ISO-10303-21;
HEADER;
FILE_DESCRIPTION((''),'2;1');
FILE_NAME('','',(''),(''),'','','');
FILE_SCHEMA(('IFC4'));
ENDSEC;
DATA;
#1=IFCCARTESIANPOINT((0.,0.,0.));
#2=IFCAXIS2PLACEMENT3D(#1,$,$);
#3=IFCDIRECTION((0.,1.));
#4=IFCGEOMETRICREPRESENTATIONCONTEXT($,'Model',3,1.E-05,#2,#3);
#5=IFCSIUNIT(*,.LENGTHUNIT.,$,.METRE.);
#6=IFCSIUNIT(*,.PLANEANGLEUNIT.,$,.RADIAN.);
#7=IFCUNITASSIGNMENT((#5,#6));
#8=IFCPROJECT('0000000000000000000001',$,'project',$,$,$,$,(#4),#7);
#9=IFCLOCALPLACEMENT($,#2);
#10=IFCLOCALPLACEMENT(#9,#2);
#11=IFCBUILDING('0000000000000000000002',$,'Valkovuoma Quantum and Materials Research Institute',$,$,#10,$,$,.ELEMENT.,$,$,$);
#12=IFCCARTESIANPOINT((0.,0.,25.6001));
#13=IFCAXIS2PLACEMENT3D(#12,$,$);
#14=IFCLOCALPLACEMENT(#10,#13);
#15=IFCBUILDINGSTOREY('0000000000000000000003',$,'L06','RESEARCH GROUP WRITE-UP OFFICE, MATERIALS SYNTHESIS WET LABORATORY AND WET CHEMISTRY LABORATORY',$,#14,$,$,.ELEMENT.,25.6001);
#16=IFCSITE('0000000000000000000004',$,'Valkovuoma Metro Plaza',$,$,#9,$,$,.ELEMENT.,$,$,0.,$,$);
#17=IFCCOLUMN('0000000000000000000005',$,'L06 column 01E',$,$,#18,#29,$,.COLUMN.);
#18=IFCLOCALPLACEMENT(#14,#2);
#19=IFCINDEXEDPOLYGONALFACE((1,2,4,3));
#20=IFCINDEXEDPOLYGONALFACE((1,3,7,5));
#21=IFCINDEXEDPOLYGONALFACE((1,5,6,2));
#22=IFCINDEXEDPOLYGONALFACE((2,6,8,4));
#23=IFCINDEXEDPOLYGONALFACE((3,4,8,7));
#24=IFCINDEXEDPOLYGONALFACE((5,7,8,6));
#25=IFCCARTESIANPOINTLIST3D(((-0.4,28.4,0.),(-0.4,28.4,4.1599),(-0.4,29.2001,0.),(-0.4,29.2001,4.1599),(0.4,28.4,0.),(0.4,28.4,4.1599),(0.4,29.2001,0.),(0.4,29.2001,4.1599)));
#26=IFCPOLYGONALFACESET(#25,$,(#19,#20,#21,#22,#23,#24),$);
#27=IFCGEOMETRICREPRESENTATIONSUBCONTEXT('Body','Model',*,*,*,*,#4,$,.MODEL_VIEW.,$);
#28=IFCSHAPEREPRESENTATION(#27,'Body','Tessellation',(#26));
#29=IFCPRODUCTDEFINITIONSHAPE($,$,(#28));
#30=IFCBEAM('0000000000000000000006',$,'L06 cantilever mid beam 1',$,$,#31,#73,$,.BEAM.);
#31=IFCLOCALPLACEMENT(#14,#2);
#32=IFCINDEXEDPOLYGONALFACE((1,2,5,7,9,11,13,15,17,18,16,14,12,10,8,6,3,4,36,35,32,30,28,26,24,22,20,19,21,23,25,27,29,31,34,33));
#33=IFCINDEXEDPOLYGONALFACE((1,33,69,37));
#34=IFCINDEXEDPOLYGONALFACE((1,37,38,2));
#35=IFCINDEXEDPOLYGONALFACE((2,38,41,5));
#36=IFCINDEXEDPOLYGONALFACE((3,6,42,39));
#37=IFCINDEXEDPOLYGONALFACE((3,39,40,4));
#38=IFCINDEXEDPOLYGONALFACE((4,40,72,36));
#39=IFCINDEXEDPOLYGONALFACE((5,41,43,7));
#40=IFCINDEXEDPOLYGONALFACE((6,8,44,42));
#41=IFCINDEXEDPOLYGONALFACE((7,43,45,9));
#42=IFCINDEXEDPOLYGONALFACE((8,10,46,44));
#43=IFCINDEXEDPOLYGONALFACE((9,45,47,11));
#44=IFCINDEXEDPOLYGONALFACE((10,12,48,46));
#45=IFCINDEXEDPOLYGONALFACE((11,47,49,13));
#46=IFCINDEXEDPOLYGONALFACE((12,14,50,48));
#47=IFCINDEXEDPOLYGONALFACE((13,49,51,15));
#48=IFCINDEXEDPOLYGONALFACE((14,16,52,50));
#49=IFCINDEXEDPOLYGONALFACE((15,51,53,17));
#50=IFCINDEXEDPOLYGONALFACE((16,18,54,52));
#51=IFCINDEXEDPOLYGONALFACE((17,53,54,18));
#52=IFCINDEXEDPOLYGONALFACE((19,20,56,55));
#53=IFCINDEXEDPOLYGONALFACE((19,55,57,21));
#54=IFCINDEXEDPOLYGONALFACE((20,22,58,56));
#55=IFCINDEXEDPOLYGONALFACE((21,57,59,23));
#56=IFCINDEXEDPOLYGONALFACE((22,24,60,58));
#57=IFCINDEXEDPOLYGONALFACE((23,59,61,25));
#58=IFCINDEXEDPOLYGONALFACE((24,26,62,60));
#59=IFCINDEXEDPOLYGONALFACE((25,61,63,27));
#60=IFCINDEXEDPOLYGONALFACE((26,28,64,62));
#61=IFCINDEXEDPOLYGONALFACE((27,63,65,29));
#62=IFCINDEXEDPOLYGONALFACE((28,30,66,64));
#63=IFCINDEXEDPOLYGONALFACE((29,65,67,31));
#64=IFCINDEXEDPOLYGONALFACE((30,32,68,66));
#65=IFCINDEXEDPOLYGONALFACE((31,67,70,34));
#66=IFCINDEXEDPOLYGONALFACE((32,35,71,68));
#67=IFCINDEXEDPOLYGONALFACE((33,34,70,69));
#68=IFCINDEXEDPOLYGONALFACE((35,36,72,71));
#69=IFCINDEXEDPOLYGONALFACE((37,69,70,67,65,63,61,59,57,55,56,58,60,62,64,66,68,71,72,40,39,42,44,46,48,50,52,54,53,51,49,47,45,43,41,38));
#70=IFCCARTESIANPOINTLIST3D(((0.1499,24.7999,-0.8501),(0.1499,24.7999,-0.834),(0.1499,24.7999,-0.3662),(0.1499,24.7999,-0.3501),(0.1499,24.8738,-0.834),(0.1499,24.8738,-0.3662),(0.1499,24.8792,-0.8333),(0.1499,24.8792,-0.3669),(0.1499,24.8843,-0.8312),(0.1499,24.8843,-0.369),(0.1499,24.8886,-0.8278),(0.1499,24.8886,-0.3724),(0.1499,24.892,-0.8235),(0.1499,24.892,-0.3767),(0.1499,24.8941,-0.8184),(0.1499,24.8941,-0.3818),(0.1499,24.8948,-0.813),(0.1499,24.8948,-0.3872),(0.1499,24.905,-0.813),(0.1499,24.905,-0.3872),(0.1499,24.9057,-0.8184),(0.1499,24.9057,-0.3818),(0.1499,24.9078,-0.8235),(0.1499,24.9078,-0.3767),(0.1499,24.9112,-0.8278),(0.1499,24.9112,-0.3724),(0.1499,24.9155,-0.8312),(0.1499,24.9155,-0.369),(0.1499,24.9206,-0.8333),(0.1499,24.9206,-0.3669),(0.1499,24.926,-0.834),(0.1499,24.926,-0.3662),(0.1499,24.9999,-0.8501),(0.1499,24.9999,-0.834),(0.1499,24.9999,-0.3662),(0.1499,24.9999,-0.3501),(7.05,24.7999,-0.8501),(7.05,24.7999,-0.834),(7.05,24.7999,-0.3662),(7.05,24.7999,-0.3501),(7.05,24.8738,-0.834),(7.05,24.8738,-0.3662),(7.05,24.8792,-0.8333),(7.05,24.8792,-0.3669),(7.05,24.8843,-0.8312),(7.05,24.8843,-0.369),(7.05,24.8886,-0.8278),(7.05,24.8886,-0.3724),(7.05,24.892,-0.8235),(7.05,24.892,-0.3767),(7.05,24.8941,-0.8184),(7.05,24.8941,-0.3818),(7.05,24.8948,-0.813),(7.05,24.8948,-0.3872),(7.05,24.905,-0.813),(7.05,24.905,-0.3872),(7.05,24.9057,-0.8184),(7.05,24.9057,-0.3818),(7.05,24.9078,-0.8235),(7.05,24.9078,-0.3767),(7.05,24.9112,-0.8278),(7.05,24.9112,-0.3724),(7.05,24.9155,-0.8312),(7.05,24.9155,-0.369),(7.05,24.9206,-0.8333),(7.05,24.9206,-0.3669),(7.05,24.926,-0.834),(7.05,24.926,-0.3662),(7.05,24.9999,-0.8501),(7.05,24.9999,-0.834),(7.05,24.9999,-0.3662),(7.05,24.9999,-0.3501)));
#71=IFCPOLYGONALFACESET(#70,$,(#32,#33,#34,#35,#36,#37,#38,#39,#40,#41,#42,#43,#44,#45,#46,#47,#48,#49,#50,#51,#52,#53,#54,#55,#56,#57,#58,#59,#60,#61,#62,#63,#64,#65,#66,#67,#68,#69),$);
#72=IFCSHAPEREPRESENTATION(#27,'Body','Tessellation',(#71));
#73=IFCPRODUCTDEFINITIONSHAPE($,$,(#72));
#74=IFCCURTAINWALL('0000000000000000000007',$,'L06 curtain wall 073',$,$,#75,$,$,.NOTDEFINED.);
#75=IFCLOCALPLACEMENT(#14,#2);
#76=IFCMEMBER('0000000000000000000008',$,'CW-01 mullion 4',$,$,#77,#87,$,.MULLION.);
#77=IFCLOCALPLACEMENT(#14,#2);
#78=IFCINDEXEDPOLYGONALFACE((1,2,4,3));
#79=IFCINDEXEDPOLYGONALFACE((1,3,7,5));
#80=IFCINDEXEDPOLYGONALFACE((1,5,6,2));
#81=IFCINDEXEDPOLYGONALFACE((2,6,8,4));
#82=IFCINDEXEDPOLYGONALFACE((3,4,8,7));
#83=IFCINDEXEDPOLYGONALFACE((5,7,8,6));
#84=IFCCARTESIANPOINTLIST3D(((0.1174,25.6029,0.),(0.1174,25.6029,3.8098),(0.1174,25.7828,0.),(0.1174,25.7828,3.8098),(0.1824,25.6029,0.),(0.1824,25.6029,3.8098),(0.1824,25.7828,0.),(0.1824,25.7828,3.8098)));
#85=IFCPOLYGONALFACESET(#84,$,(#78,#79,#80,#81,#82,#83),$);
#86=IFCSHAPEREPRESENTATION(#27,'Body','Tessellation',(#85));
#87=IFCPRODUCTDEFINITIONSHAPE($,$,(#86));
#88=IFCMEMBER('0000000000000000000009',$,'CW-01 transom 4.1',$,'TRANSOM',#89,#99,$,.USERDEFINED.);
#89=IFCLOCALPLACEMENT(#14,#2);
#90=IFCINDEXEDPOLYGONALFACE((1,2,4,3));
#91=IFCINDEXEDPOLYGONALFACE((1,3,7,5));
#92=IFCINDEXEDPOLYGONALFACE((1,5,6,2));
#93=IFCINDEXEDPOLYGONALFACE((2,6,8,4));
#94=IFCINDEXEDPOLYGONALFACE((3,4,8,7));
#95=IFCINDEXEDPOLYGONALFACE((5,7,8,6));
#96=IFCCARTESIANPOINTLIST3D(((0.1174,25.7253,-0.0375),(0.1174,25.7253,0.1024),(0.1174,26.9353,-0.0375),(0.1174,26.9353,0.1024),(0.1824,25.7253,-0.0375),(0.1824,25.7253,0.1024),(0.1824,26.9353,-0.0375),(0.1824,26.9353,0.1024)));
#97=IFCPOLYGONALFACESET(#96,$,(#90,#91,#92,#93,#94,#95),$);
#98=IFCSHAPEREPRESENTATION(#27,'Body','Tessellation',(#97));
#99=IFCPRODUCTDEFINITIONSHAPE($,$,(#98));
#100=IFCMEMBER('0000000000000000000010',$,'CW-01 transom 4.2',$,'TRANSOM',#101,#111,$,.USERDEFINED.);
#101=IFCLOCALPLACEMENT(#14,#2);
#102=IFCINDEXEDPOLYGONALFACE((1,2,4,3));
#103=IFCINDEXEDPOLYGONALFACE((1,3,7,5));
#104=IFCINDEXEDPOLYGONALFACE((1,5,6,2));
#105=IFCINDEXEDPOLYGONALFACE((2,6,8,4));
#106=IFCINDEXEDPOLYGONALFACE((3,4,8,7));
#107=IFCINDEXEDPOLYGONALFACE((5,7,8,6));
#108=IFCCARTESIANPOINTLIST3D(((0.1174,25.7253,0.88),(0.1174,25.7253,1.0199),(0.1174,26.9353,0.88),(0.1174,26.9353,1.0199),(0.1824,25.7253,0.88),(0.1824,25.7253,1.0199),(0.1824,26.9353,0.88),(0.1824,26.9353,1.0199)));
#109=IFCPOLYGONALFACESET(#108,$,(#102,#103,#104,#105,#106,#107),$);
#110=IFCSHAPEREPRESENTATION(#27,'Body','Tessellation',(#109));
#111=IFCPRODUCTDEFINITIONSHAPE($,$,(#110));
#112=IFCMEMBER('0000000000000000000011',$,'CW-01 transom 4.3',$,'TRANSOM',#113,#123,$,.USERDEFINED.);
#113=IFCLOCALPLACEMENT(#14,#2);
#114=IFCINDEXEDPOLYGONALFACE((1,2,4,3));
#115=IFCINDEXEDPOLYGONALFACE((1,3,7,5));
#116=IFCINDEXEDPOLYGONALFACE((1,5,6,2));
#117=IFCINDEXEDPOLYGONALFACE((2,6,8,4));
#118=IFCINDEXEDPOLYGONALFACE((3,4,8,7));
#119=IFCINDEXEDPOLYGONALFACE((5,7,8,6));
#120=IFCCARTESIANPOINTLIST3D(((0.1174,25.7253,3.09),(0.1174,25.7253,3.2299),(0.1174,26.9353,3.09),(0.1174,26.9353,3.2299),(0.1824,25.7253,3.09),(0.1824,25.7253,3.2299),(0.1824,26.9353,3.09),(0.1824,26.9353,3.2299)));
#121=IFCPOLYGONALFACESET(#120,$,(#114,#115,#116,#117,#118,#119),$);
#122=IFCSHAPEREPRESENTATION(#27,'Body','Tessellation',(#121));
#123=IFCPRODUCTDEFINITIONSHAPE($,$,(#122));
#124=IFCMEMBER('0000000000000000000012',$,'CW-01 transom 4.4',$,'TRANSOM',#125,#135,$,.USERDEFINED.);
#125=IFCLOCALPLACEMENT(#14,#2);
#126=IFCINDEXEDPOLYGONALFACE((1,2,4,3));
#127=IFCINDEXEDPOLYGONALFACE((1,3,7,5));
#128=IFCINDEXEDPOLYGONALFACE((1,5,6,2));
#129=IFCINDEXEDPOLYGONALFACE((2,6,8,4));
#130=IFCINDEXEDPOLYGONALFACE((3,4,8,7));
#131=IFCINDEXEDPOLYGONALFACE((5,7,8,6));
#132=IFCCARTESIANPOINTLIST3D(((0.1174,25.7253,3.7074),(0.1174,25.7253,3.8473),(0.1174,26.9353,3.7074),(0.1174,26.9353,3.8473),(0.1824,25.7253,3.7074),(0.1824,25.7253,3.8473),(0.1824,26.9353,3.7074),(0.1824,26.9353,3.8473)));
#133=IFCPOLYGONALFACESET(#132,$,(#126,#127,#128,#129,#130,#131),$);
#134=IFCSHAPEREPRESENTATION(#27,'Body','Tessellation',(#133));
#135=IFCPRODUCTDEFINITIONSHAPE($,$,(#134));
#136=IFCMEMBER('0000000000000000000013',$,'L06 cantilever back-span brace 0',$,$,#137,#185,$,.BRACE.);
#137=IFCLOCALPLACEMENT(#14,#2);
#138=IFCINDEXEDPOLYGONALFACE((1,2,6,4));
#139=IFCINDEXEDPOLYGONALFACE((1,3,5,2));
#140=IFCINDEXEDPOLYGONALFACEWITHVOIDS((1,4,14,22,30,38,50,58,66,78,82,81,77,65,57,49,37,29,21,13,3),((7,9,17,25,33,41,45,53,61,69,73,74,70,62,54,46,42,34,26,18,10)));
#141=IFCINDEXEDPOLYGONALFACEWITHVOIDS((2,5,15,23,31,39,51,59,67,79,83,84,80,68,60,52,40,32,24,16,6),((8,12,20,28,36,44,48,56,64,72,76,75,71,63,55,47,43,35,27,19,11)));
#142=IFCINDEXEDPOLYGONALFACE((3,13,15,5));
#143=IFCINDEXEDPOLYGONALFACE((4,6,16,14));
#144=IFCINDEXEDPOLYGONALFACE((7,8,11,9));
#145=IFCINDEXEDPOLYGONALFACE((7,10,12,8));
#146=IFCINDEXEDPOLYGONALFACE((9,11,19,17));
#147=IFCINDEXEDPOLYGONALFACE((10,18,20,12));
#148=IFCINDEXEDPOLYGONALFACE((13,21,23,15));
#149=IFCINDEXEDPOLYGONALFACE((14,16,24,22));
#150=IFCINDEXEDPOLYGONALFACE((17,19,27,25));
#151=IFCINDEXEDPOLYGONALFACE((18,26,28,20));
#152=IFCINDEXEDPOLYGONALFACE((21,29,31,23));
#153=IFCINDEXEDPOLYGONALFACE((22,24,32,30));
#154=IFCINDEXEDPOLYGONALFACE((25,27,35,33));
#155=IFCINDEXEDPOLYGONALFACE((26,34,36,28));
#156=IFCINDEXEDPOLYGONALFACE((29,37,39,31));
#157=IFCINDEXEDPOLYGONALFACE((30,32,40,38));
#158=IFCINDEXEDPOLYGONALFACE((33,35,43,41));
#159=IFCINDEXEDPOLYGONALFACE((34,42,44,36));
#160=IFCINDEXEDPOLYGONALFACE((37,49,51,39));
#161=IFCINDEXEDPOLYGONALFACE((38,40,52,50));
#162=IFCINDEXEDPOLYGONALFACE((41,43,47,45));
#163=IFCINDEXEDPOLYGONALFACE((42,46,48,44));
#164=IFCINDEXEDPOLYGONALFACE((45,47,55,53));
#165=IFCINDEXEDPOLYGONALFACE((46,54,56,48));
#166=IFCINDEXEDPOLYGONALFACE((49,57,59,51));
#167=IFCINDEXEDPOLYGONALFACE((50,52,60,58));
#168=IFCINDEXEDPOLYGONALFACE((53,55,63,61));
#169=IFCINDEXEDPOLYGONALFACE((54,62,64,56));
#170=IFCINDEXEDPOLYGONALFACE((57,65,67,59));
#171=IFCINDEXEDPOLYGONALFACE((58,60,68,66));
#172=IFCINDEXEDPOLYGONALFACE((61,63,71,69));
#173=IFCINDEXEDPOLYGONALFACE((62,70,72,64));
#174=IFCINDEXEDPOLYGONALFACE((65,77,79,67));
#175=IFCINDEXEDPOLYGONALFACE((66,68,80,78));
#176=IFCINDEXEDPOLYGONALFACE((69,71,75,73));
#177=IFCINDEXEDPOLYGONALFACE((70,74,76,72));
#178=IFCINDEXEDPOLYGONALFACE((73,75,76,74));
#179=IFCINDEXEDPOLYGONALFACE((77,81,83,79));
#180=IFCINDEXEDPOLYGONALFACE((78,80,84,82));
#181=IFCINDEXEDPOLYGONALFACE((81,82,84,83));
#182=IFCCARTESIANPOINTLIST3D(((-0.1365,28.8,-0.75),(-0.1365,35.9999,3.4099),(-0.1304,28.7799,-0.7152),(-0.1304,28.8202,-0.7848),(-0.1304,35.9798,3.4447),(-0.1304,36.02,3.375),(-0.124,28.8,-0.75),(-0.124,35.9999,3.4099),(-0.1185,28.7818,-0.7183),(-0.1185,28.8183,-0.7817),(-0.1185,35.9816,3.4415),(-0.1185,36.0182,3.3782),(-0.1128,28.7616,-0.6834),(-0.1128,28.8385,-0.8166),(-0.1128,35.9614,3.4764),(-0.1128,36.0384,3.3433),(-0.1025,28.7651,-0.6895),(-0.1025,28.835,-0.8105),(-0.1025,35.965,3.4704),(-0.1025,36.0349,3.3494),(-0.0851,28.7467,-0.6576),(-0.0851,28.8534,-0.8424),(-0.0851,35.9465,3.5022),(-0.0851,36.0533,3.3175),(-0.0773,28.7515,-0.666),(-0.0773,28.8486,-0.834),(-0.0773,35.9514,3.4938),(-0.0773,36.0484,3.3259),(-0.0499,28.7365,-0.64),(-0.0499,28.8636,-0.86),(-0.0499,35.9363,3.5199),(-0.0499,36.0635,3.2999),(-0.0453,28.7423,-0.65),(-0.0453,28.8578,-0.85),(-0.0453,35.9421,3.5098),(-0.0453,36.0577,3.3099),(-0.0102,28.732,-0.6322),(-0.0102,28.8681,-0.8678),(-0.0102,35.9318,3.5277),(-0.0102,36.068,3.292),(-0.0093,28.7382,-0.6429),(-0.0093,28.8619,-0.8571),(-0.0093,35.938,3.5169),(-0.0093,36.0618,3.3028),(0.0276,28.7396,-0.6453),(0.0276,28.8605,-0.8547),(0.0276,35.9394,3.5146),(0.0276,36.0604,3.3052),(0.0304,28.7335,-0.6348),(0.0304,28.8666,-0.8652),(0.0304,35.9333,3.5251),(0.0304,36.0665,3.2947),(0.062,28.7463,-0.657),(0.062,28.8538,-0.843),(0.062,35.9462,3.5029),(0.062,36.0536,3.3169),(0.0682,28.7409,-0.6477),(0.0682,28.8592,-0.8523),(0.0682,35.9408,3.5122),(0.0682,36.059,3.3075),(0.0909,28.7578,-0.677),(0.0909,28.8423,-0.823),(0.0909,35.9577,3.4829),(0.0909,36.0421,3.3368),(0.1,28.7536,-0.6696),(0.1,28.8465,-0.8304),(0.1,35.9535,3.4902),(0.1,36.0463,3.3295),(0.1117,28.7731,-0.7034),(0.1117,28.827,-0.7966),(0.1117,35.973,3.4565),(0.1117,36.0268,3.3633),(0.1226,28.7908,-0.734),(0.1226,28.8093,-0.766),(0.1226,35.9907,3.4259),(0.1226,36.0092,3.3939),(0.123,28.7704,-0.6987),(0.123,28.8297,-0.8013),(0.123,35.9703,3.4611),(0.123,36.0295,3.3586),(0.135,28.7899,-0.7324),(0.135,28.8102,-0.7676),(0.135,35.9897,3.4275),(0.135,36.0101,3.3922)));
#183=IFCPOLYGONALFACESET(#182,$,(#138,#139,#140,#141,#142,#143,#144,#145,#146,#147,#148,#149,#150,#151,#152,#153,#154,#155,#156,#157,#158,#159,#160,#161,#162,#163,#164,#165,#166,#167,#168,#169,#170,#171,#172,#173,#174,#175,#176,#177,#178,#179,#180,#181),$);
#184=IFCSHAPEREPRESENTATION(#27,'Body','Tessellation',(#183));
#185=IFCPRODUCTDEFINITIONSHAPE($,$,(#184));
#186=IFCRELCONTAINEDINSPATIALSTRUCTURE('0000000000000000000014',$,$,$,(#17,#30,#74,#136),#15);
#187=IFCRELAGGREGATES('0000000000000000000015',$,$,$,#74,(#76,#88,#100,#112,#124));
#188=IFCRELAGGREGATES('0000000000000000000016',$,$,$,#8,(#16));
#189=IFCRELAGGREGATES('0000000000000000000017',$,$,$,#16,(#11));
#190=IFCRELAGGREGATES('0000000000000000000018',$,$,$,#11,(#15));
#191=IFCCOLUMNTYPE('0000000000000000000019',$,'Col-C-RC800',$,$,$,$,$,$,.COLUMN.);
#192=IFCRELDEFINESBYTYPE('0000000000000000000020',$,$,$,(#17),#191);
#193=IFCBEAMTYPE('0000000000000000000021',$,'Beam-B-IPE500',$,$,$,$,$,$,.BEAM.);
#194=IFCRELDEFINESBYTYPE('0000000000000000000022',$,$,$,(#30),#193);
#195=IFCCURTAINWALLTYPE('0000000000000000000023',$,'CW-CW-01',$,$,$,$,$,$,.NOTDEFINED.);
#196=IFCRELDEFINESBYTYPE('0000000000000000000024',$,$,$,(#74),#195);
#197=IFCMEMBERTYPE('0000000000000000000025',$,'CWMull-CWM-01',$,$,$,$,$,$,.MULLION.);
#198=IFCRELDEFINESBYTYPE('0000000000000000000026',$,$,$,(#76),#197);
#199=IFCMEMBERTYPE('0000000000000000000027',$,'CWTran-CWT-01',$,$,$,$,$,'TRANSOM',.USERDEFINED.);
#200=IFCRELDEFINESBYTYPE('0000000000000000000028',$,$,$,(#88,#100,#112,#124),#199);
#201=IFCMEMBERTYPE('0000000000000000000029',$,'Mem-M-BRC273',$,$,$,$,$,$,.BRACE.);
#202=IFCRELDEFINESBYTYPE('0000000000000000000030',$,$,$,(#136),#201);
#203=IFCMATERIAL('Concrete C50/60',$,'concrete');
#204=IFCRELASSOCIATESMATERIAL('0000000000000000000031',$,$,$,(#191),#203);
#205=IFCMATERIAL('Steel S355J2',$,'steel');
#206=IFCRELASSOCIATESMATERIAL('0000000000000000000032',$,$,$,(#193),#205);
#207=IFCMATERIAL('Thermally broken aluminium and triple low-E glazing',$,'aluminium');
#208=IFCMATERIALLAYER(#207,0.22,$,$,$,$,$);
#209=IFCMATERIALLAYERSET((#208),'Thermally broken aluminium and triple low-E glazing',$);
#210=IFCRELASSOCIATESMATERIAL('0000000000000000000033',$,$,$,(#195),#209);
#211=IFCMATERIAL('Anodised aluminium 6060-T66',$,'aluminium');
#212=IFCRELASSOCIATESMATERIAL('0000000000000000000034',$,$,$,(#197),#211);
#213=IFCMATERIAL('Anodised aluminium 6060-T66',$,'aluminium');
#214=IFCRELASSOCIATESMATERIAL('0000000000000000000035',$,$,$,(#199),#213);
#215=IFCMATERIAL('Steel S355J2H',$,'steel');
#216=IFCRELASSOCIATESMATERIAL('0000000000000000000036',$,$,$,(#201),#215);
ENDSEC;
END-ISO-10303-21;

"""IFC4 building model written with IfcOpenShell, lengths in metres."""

from ifc_helpers import new_model, si_unit, direction, frame, origin, origin_2d, place, context, subcontext, project, spatial, rectangle, hollow_circle, i_section, extrude, material, layer, layer_set, material_profile, profile_set, type_object, element, aggregate, save


model = new_model("IFC4")

# Units and contexts
model_context = context("Model", 3, precision=1e-05, world=origin(), true_north=direction((0.0, 1.0)))
body_context = subcontext(model_context, "Body", "Model", "MODEL_VIEW")
ifc_project = project(units=[si_unit("LENGTHUNIT", "METRE"), si_unit("PLANEANGLEUNIT", "RADIAN")], contexts=[model_context])

# Site, building, storey
site_placement = place(None, origin())
site = spatial("IfcSite", under=ifc_project, at=site_placement, Name="Valkovuoma Metro Plaza", CompositionType="ELEMENT", RefElevation=0.0)
building_placement = place(site_placement, origin())
building = spatial("IfcBuilding", under=site, at=building_placement, Name="Valkovuoma Quantum and Materials Research Institute", CompositionType="ELEMENT")
storey_placement = place(building_placement, frame((0.0, 0.0, 25.6001)))
storey = spatial("IfcBuildingStorey", under=building, at=storey_placement, Name="L06", Description="RESEARCH GROUP WRITE-UP OFFICE, MATERIALS SYNTHESIS WET LABORATORY AND WET CHEMISTRY LABORATORY", CompositionType="ELEMENT", Elevation=25.6001)

# Column
ifc_material_1 = material(Name="Concrete C50/60", Category="concrete")
ifc_material_profile_1 = material_profile(ifc_material_1, rectangle(XDim=0.8, YDim=0.8, at=origin_2d()), Name="Concrete C50/60")
ifc_profile_set_1 = profile_set([ifc_material_profile_1], Name="Concrete C50/60")
column_type = type_object("IfcColumnType", Name="Col-C-RC800", PredefinedType="COLUMN", material=ifc_profile_set_1)
column_placement = place(storey_placement, frame((0.0, 28.8, 0.0), z_axis=(0.0, 0.0, 1.0), x_axis=(1.0, 0.0, 0.0)))
element("IfcColumn", 1, at=column_placement, inside=storey, type_object=column_type, Name="L06 column 01E", PredefinedType="COLUMN", context=body_context, shape_type="SweptSolid", body=[
    extrude(rectangle(XDim=0.8, YDim=0.8, at=origin_2d()), origin(), (0.0, 0.0, 1.0), 4.1599),
])

# Beam
ifc_material_2 = material(Name="Steel S355J2", Category="steel")
ifc_material_profile_2 = material_profile(ifc_material_2, i_section(OverallWidth=0.2, OverallDepth=0.5, WebThickness=0.0103, FlangeThickness=0.0161, FilletRadius=0.021, at=origin_2d()), Name="Steel S355J2")
ifc_profile_set_2 = profile_set([ifc_material_profile_2], Name="Steel S355J2")
beam_type = type_object("IfcBeamType", Name="Beam-B-IPE500", PredefinedType="BEAM", material=ifc_profile_set_2)
beam_placement = place(storey_placement, frame((0.1499, 24.8999, -0.6001), z_axis=(1.0, 0.0, 0.0), x_axis=(0.0, 1.0, 0.0)))
element("IfcBeam", 2, at=beam_placement, inside=storey, type_object=beam_type, Name="L06 cantilever mid beam 1", PredefinedType="BEAM", context=body_context, shape_type="SweptSolid", body=[
    extrude(i_section(OverallWidth=0.2, OverallDepth=0.5, WebThickness=0.0103, FlangeThickness=0.0161, FilletRadius=0.021, at=origin_2d()), origin(), (0.0, 0.0, 1.0), 6.9001),
])

# Curtain wall, members
ifc_material_3 = material(Name="Thermally broken aluminium and triple low-E glazing", Category="aluminium")
ifc_layer_1 = layer(ifc_material_3, 0.22)
ifc_layer_set_1 = layer_set([ifc_layer_1], Name="Thermally broken aluminium and triple low-E glazing")
curtain_wall_type = type_object("IfcCurtainWallType", Name="CW-CW-01", PredefinedType="NOTDEFINED", material=ifc_layer_set_1)
curtain_wall_placement = place(storey_placement, origin())
curtain_wall = element("IfcCurtainWall", 3, at=curtain_wall_placement, inside=storey, type_object=curtain_wall_type, Name="L06 curtain wall 073", PredefinedType="NOTDEFINED")
ifc_material_4 = material(Name="Anodised aluminium 6060-T66", Category="aluminium")
ifc_material_profile_3 = material_profile(ifc_material_4, rectangle(XDim=0.0649, YDim=0.1799, at=origin_2d()), Name="Anodised aluminium 6060-T66")
ifc_profile_set_3 = profile_set([ifc_material_profile_3], Name="Anodised aluminium 6060-T66")
member_type_1 = type_object("IfcMemberType", Name="CWMull-CWM-01", PredefinedType="MULLION", material=ifc_profile_set_3)
member_1_placement = place(storey_placement, frame((0.1499, 25.6929, 0.0), z_axis=(0.0, 0.0, 1.0), x_axis=(-1.0, 0.0, 0.0)))
member_1 = element("IfcMember", 4, at=member_1_placement, type_object=member_type_1, Name="CW-01 mullion 4", PredefinedType="MULLION", context=body_context, shape_type="SweptSolid", body=[
    extrude(rectangle(XDim=0.0649, YDim=0.1799, at=origin_2d()), origin(), (0.0, 0.0, 1.0), 3.8098),
])
ifc_material_5 = material(Name="Anodised aluminium 6060-T66", Category="aluminium")
ifc_material_profile_4 = material_profile(ifc_material_5, rectangle(XDim=0.0649, YDim=0.1399, at=origin_2d()), Name="Anodised aluminium 6060-T66")
ifc_profile_set_4 = profile_set([ifc_material_profile_4], Name="Anodised aluminium 6060-T66")
member_type_2 = type_object("IfcMemberType", Name="CWTran-CWT-01", ElementType="TRANSOM", PredefinedType="USERDEFINED", material=ifc_profile_set_4)
member_2_placement = place(storey_placement, frame((0.1499, 25.7253, 0.0325), z_axis=(0.0, 1.0, 0.0), x_axis=(-1.0, 0.0, 0.0)))
member_2 = element("IfcMember", 5, at=member_2_placement, type_object=member_type_2, Name="CW-01 transom 4.1", ObjectType="TRANSOM", PredefinedType="USERDEFINED", context=body_context, shape_type="SweptSolid", body=[
    extrude(rectangle(XDim=0.0649, YDim=0.1399, at=origin_2d()), origin(), (0.0, 0.0, 1.0), 1.21),
])
member_3_placement = place(storey_placement, frame((0.1499, 25.7253, 0.95), z_axis=(0.0, 1.0, 0.0), x_axis=(-1.0, 0.0, 0.0)))
member_3 = element("IfcMember", 6, at=member_3_placement, type_object=member_type_2, Name="CW-01 transom 4.2", ObjectType="TRANSOM", PredefinedType="USERDEFINED", context=body_context, shape_type="SweptSolid", body=[
    extrude(rectangle(XDim=0.0649, YDim=0.1399, at=origin_2d()), origin(), (0.0, 0.0, 1.0), 1.21),
])
member_4_placement = place(storey_placement, frame((0.1499, 25.7253, 3.1599), z_axis=(0.0, 1.0, 0.0), x_axis=(-1.0, 0.0, 0.0)))
member_4 = element("IfcMember", 7, at=member_4_placement, type_object=member_type_2, Name="CW-01 transom 4.3", ObjectType="TRANSOM", PredefinedType="USERDEFINED", context=body_context, shape_type="SweptSolid", body=[
    extrude(rectangle(XDim=0.0649, YDim=0.1399, at=origin_2d()), origin(), (0.0, 0.0, 1.0), 1.21),
])
member_5_placement = place(storey_placement, frame((0.1499, 25.7253, 3.7773), z_axis=(0.0, 1.0, 0.0), x_axis=(-1.0, 0.0, 0.0)))
member_5 = element("IfcMember", 8, at=member_5_placement, type_object=member_type_2, Name="CW-01 transom 4.4", ObjectType="TRANSOM", PredefinedType="USERDEFINED", context=body_context, shape_type="SweptSolid", body=[
    extrude(rectangle(XDim=0.0649, YDim=0.1399, at=origin_2d()), origin(), (0.0, 0.0, 1.0), 1.21),
])

# Member
ifc_material_6 = material(Name="Steel S355J2H", Category="steel")
ifc_material_profile_5 = material_profile(ifc_material_6, hollow_circle(Radius=0.1365, WallThickness=0.0125, at=origin_2d()), Name="Steel S355J2H")
ifc_profile_set_5 = profile_set([ifc_material_profile_5], Name="Steel S355J2H")
member_type_3 = type_object("IfcMemberType", Name="Mem-M-BRC273", PredefinedType="BRACE", material=ifc_profile_set_5)
member_6_placement = place(storey_placement, frame((0.0, 28.8, -0.75), z_axis=(0.0, 0.865868, 0.500272), x_axis=(-1.0, 0.0, 0.0)))
element("IfcMember", 9, at=member_6_placement, inside=storey, type_object=member_type_3, Name="L06 cantilever back-span brace 0", PredefinedType="BRACE", context=body_context, shape_type="SweptSolid", body=[
    extrude(hollow_circle(Radius=0.1365, WallThickness=0.0125, at=origin_2d()), origin(), (0.0, 0.0, 1.0), 8.3152),
])

aggregate(curtain_wall, [member_1, member_2, member_3, member_4, member_5])

save(model, "model.ifc")
